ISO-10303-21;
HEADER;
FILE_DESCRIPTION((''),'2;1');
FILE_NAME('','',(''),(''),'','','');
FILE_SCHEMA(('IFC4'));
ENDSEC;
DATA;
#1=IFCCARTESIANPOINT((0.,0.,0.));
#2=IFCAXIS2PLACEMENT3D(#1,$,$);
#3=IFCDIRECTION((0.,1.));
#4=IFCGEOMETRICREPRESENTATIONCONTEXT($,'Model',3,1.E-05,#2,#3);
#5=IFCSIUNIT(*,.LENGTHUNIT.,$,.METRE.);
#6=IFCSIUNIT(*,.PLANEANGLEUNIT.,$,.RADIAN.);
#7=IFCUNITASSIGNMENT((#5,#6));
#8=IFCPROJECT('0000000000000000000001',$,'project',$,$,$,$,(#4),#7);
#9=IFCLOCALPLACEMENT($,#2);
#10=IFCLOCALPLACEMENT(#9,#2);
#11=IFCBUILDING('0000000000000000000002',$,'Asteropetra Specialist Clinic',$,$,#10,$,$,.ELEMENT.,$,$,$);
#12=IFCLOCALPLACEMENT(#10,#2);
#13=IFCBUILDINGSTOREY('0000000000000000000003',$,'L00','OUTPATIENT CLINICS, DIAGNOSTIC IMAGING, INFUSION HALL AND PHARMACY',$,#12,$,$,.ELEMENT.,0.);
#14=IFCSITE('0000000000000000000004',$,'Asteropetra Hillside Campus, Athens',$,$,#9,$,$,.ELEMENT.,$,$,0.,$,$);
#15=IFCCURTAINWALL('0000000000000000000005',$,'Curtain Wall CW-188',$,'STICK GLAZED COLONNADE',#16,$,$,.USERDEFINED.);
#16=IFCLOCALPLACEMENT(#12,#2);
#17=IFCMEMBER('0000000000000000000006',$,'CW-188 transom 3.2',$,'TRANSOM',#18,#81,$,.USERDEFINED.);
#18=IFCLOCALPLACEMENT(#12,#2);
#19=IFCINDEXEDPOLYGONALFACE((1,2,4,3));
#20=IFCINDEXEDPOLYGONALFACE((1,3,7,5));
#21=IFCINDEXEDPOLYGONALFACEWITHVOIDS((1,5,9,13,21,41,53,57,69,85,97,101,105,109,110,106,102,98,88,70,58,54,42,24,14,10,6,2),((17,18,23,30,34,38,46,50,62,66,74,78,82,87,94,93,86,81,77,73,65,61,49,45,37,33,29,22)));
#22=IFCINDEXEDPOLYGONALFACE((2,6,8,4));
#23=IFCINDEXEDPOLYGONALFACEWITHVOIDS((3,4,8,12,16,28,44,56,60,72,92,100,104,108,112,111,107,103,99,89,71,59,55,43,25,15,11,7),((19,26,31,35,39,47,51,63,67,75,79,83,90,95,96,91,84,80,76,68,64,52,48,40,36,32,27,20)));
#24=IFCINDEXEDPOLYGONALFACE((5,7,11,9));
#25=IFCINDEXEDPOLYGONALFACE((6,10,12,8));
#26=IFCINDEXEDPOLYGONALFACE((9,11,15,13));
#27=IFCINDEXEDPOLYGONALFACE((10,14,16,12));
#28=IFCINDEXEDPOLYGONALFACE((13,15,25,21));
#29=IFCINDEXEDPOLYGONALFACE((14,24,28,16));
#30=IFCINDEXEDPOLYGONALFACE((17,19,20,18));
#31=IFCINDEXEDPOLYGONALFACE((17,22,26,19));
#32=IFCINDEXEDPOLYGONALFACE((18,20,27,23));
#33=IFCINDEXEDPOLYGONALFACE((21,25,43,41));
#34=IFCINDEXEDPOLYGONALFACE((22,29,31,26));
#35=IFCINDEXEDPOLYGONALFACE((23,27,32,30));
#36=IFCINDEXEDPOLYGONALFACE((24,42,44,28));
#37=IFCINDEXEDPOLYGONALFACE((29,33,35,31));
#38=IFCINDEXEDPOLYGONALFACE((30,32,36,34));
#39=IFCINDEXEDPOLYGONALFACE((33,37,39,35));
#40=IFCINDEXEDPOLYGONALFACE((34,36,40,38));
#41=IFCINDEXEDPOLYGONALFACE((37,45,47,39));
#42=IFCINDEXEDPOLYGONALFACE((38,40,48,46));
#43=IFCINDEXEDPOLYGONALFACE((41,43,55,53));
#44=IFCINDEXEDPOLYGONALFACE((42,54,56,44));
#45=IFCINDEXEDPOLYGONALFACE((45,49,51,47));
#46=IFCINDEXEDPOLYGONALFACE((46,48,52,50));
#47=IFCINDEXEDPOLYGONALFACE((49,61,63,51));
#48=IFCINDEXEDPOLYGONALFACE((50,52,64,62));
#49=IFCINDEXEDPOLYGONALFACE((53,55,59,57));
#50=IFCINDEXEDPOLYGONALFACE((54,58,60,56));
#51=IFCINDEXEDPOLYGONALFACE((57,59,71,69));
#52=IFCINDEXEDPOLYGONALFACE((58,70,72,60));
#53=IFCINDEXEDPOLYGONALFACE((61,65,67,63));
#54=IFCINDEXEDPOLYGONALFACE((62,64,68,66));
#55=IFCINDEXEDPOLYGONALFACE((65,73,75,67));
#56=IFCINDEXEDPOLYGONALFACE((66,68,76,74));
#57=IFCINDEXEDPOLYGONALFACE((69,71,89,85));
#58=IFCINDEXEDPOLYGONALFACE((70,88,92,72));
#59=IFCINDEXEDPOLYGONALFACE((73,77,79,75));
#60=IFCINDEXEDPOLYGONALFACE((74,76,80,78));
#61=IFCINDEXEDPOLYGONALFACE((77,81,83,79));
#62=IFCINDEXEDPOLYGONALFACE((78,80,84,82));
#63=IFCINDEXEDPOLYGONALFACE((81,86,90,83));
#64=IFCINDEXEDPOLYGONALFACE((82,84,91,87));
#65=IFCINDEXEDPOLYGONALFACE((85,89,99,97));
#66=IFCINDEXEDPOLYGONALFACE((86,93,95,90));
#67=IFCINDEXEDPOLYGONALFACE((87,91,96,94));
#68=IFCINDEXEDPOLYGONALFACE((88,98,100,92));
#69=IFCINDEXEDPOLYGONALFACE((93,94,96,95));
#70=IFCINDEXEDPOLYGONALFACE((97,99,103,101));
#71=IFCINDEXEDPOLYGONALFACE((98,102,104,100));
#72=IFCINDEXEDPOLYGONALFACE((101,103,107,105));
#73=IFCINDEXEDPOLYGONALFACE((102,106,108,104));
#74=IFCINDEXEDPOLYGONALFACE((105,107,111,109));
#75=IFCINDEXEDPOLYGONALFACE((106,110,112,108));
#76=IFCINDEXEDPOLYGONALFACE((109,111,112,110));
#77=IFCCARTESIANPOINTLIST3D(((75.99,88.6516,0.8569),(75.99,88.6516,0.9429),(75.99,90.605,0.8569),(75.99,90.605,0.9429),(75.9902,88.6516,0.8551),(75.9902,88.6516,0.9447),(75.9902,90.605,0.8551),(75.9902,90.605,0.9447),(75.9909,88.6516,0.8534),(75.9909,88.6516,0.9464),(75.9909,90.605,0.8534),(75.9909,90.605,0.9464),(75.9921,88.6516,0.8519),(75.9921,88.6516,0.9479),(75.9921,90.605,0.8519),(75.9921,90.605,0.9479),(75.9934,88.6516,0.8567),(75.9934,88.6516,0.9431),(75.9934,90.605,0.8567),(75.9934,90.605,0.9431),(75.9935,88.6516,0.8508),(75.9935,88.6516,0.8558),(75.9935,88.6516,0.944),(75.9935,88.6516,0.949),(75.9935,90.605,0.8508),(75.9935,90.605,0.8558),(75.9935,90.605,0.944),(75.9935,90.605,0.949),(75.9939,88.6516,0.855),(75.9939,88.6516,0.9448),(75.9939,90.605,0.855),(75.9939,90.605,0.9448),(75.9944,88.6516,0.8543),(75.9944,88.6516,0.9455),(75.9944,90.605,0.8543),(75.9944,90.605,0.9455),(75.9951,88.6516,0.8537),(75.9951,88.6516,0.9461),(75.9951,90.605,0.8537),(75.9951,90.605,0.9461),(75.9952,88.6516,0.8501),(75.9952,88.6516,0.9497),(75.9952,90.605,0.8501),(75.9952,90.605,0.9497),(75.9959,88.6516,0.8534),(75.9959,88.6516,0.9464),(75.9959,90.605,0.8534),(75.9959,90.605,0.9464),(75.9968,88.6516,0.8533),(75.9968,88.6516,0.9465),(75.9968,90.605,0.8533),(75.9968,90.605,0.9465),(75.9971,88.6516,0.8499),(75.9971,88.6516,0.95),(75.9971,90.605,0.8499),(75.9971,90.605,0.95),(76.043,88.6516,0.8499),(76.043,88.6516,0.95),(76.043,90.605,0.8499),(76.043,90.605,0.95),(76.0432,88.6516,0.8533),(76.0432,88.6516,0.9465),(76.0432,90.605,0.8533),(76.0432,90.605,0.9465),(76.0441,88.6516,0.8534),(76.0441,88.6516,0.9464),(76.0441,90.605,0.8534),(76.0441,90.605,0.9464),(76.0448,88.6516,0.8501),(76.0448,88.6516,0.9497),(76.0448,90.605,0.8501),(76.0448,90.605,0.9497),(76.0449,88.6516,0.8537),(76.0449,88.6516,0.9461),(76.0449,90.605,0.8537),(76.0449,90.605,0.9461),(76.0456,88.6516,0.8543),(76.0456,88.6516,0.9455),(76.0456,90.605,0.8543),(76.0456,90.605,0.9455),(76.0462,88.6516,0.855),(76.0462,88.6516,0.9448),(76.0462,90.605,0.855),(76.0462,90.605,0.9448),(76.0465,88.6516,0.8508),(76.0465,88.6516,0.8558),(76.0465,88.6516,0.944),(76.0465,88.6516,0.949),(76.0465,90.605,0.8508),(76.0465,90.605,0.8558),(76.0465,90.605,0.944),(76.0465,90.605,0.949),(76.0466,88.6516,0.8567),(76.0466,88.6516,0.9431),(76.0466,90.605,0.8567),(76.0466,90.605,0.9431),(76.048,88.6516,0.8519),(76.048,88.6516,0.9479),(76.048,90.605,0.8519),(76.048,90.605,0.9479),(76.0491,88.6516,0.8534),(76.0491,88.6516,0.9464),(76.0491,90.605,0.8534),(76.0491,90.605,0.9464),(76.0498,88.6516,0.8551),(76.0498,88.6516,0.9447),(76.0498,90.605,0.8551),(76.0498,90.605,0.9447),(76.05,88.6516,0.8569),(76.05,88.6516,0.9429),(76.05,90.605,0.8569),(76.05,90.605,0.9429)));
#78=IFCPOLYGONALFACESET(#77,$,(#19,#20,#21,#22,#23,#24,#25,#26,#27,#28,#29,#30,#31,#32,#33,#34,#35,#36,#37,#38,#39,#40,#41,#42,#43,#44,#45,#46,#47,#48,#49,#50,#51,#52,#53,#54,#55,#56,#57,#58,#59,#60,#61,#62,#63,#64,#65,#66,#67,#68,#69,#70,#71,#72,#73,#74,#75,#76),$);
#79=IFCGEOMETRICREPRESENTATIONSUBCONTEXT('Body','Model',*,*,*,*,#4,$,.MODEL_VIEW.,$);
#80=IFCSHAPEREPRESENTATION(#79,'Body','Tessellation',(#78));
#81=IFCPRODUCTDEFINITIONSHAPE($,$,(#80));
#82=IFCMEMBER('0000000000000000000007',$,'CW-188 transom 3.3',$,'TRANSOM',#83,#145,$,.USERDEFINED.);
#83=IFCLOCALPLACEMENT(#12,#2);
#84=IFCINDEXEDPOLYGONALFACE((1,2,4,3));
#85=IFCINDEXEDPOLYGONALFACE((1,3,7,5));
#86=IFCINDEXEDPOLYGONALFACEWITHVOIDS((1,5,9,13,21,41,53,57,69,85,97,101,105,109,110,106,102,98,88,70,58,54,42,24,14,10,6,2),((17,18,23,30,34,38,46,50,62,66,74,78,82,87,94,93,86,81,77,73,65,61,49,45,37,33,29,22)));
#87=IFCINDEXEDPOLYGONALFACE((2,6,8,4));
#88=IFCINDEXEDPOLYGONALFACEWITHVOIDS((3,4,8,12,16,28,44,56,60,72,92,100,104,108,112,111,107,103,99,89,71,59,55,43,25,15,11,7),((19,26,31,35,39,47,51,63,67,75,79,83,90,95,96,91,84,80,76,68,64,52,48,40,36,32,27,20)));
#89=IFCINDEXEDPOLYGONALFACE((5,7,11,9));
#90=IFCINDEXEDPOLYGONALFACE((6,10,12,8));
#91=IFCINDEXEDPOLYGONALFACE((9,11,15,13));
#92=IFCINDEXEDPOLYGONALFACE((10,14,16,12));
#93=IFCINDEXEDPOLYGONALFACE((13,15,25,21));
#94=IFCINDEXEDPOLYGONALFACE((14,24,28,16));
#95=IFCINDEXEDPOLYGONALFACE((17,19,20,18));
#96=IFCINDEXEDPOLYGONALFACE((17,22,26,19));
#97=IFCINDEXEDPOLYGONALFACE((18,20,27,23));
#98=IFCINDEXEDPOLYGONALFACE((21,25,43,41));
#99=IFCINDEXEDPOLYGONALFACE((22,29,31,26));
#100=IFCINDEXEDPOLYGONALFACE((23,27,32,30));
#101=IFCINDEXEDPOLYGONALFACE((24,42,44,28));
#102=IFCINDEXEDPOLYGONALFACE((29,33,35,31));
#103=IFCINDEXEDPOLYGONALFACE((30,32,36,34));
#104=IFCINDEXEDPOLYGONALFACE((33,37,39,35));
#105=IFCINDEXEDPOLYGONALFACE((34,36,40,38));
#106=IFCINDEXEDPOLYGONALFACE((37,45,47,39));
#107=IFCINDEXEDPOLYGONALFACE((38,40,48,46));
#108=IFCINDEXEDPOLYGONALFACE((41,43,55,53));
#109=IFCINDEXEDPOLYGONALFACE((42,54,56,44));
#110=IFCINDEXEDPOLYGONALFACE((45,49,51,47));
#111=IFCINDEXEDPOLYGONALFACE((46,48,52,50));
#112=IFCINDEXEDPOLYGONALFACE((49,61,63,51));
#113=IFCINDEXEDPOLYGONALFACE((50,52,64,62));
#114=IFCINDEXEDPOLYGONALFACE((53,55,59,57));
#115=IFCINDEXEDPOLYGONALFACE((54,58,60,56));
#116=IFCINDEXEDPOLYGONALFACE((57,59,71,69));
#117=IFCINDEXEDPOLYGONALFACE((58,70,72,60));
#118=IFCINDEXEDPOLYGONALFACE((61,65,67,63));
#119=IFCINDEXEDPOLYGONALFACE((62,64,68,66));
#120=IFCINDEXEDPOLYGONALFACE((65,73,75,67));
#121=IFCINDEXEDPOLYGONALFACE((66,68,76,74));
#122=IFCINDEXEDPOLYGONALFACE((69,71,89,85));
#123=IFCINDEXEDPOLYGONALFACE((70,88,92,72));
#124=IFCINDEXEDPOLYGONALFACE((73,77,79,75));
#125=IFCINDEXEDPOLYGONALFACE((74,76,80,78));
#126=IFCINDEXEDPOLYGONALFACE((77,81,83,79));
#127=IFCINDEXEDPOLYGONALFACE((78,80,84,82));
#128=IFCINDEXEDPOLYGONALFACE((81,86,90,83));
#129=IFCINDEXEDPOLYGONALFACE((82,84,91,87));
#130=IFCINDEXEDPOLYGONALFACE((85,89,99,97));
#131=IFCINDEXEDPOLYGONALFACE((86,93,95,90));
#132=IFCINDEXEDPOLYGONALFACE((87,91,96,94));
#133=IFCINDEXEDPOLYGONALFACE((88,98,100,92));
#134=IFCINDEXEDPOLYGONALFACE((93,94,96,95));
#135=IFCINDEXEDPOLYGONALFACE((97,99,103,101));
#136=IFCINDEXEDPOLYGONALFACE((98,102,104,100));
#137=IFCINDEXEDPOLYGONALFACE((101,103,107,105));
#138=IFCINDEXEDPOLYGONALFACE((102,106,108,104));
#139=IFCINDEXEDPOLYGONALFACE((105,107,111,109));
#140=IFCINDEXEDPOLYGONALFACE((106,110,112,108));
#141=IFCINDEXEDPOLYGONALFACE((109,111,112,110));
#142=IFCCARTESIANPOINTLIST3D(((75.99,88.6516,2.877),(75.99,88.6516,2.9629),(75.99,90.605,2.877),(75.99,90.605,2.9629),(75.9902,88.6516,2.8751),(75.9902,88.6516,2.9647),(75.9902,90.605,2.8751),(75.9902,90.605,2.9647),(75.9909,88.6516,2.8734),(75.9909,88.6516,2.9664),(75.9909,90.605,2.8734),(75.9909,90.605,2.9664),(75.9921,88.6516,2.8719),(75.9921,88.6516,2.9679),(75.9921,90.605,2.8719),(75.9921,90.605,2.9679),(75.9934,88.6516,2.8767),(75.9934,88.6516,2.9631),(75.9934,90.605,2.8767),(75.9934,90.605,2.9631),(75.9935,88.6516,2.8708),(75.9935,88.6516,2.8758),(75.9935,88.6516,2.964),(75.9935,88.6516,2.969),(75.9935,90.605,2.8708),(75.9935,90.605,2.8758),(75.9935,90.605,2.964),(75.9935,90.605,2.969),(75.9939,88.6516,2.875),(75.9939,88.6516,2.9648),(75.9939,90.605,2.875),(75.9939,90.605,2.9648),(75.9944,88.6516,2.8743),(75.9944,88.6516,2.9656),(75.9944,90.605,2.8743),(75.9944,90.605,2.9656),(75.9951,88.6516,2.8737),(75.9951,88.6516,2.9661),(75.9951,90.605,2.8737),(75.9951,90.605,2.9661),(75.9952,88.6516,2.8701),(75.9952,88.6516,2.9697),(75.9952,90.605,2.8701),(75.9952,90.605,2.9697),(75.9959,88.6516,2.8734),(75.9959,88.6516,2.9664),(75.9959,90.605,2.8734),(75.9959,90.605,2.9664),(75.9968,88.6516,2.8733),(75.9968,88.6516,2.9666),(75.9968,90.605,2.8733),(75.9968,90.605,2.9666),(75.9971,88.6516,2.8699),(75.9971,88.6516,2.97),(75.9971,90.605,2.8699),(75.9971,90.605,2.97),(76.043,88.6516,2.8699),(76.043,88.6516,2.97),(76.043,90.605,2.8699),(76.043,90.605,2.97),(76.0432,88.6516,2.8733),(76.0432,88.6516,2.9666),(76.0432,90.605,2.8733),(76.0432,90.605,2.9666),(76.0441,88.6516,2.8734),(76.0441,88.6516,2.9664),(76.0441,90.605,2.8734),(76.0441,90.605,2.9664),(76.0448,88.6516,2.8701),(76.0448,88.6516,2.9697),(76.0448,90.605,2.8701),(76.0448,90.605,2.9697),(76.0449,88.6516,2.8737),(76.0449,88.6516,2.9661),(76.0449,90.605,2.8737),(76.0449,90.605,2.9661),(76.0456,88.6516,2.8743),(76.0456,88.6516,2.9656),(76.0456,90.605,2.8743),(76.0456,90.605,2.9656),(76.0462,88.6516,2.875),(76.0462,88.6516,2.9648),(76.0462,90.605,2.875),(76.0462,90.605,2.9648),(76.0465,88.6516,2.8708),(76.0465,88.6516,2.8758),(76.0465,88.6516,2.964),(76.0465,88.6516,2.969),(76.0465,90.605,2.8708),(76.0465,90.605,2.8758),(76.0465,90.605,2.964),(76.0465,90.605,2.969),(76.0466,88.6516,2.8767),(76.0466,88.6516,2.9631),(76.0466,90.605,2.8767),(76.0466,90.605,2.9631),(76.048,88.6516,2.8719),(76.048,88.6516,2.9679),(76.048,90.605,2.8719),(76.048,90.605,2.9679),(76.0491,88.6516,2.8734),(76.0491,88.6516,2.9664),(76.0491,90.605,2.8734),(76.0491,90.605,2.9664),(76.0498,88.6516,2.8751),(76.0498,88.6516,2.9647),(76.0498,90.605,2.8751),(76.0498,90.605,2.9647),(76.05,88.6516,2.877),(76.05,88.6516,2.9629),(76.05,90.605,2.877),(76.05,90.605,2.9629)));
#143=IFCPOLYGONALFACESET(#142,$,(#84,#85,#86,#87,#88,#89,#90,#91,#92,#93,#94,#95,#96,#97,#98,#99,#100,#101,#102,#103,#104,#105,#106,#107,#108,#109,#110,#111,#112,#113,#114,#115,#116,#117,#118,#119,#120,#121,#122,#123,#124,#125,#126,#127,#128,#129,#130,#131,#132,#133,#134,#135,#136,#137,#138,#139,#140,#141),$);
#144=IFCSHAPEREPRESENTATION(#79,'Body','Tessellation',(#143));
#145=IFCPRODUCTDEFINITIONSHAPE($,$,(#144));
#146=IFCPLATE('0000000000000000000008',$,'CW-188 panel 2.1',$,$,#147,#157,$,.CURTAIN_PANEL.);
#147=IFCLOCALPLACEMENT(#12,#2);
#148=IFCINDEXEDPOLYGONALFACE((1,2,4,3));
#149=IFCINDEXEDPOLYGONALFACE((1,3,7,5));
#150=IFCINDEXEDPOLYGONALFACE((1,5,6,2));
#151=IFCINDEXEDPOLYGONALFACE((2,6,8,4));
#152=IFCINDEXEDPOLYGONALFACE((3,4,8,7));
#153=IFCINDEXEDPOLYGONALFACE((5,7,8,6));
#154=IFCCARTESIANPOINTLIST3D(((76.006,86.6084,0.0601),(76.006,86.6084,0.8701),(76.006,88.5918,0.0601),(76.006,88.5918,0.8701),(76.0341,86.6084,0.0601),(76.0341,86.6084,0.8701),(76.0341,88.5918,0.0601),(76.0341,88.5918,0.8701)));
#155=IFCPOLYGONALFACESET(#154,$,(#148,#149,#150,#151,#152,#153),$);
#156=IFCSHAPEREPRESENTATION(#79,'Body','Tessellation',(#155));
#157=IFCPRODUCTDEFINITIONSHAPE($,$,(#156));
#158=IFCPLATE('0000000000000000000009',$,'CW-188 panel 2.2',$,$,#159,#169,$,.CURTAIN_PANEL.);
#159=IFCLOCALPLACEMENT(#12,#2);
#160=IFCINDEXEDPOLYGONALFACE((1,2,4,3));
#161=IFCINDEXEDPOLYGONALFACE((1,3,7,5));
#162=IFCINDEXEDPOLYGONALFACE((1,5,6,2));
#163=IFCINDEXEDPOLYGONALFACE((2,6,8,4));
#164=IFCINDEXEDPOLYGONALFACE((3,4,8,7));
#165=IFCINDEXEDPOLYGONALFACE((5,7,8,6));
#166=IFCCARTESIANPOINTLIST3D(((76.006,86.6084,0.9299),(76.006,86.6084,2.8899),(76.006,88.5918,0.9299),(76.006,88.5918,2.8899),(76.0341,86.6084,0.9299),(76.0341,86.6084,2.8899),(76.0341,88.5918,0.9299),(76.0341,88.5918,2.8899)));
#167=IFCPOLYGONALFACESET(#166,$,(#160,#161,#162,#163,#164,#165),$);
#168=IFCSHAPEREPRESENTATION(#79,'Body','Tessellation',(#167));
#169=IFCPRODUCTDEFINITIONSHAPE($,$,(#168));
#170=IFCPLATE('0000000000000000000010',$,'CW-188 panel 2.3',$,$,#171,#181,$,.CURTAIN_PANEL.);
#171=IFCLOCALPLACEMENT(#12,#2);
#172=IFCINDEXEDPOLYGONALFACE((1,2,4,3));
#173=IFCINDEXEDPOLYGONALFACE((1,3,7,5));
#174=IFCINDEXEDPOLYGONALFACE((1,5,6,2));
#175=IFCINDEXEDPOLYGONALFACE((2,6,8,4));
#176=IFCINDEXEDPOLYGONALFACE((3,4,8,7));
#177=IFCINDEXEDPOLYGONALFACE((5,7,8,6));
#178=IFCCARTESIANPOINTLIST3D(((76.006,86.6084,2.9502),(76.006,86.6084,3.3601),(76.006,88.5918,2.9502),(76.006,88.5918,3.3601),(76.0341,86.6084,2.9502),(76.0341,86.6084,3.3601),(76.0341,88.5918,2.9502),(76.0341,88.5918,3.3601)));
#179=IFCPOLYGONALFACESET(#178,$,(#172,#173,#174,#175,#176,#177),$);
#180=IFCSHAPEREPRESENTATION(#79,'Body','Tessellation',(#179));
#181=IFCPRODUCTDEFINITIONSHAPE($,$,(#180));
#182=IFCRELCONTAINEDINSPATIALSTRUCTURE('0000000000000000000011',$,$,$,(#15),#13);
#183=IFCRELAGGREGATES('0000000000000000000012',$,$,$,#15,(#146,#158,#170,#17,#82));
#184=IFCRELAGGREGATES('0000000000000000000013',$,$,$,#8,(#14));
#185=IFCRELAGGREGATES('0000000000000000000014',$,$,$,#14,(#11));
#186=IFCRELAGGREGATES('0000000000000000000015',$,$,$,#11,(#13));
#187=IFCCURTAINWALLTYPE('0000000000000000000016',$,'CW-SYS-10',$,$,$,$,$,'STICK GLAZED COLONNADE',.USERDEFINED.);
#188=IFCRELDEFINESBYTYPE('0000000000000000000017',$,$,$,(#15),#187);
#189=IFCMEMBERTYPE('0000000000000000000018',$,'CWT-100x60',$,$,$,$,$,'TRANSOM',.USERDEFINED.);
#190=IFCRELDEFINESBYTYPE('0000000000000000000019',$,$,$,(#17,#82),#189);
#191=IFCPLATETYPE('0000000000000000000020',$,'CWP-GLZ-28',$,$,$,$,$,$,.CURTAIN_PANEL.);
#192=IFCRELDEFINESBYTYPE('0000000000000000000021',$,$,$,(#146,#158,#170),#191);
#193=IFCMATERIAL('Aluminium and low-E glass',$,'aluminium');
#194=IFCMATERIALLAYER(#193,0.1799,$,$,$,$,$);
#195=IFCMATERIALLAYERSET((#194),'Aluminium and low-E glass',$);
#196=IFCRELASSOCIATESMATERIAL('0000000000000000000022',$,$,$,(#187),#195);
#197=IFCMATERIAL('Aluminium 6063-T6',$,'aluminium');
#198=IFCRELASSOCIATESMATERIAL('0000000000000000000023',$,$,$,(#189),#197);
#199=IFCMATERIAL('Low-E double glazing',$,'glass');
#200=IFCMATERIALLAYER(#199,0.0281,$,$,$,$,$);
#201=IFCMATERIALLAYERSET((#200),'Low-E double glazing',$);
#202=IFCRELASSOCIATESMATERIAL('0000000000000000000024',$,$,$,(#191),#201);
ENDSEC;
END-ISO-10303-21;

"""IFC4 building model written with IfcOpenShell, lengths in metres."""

from ifc_helpers import new_model, si_unit, direction, frame, origin, origin_2d, place, context, subcontext, project, spatial, rectangle, hollow_rectangle, extrude, material, layer, layer_set, material_profile, profile_set, type_object, element, aggregate, save


model = new_model("IFC4")

# Units and contexts
model_context = context("Model", 3, precision=1e-05, world=origin(), true_north=direction((0.0, 1.0)))
body_context = subcontext(model_context, "Body", "Model", "MODEL_VIEW")
ifc_project = project(units=[si_unit("LENGTHUNIT", "METRE"), si_unit("PLANEANGLEUNIT", "RADIAN")], contexts=[model_context])

# Site, building, storey
site_placement = place(None, origin())
site = spatial("IfcSite", under=ifc_project, at=site_placement, Name="Asteropetra Hillside Campus, Athens", CompositionType="ELEMENT", RefElevation=0.0)
building_placement = place(site_placement, origin())
building = spatial("IfcBuilding", under=site, at=building_placement, Name="Asteropetra Specialist Clinic", CompositionType="ELEMENT")
storey_placement = place(building_placement, origin())
storey = spatial("IfcBuildingStorey", under=building, at=storey_placement, Name="L00", Description="OUTPATIENT CLINICS, DIAGNOSTIC IMAGING, INFUSION HALL AND PHARMACY", CompositionType="ELEMENT", Elevation=0.0)

# Curtain wall, members, plates
ifc_material_1 = material(Name="Aluminium and low-E glass", Category="aluminium")
ifc_layer_1 = layer(ifc_material_1, 0.1799)
ifc_layer_set_1 = layer_set([ifc_layer_1], Name="Aluminium and low-E glass")
curtain_wall_type = type_object("IfcCurtainWallType", Name="CW-SYS-10", ElementType="STICK GLAZED COLONNADE", PredefinedType="USERDEFINED", material=ifc_layer_set_1)
curtain_wall_placement = place(storey_placement, origin())
curtain_wall = element("IfcCurtainWall", 1, at=curtain_wall_placement, inside=storey, type_object=curtain_wall_type, Name="Curtain Wall CW-188", ObjectType="STICK GLAZED COLONNADE", PredefinedType="USERDEFINED")
ifc_material_2 = material(Name="Aluminium 6063-T6", Category="aluminium")
ifc_material_profile_1 = material_profile(ifc_material_2, hollow_rectangle(XDim=0.0601, YDim=0.1001, WallThickness=0.0034, InnerFilletRadius=0.0034, OuterFilletRadius=0.0071, at=origin_2d()), Name="TRN 100x60x3.5")
ifc_profile_set_1 = profile_set([ifc_material_profile_1], Name="Aluminium 6063-T6")
member_type_1 = type_object("IfcMemberType", Name="CWT-100x60", ElementType="TRANSOM", PredefinedType="USERDEFINED", material=ifc_profile_set_1)
member_1_placement = place(storey_placement, frame((76.02, 88.6516, 0.8999), z_axis=(0.0, 1.0, 0.0), x_axis=(-1.0, 0.0, 0.0)))
member_1 = element("IfcMember", 2, at=member_1_placement, type_object=member_type_1, Name="CW-188 transom 3.2", ObjectType="TRANSOM", PredefinedType="USERDEFINED", context=body_context, shape_type="SweptSolid", body=[
    extrude(hollow_rectangle(XDim=0.0601, YDim=0.1001, WallThickness=0.0034, InnerFilletRadius=0.0034, OuterFilletRadius=0.0071, at=origin_2d()), origin(), (0.0, 0.0, 1.0), 1.9534),
])
member_2_placement = place(storey_placement, frame((76.02, 88.6516, 2.9199), z_axis=(0.0, 1.0, 0.0), x_axis=(-1.0, 0.0, 0.0)))
member_2 = element("IfcMember", 3, at=member_2_placement, type_object=member_type_1, Name="CW-188 transom 3.3", ObjectType="TRANSOM", PredefinedType="USERDEFINED", context=body_context, shape_type="SweptSolid", body=[
    extrude(hollow_rectangle(XDim=0.0601, YDim=0.1001, WallThickness=0.0034, InnerFilletRadius=0.0034, OuterFilletRadius=0.0071, at=origin_2d()), origin(), (0.0, 0.0, 1.0), 1.9534),
])
ifc_material_3 = material(Name="Low-E double glazing", Category="glass")
ifc_layer_2 = layer(ifc_material_3, 0.0281)
ifc_layer_set_2 = layer_set([ifc_layer_2], Name="Low-E double glazing")
plate_type = type_object("IfcPlateType", Name="CWP-GLZ-28", PredefinedType="CURTAIN_PANEL", material=ifc_layer_set_2)
plate_1_placement = place(storey_placement, frame((76.02, 87.6001, 0.0601), z_axis=(0.0, 0.0, 1.0), x_axis=(0.0, 1.0, 0.0)))
plate_1 = element("IfcPlate", 4, at=plate_1_placement, type_object=plate_type, Name="CW-188 panel 2.1", PredefinedType="CURTAIN_PANEL", context=body_context, shape_type="SweptSolid", body=[
    extrude(rectangle(XDim=1.9834, YDim=0.0281, at=origin_2d()), origin(), (0.0, 0.0, 1.0), 0.8101),
])
plate_2_placement = place(storey_placement, frame((76.02, 87.6001, 0.9299), z_axis=(0.0, 0.0, 1.0), x_axis=(0.0, 1.0, 0.0)))
plate_2 = element("IfcPlate", 5, at=plate_2_placement, type_object=plate_type, Name="CW-188 panel 2.2", PredefinedType="CURTAIN_PANEL", context=body_context, shape_type="SweptSolid", body=[
    extrude(rectangle(XDim=1.9834, YDim=0.0281, at=origin_2d()), origin(), (0.0, 0.0, 1.0), 1.96),
])
plate_3_placement = place(storey_placement, frame((76.02, 87.6001, 2.9502), z_axis=(0.0, 0.0, 1.0), x_axis=(0.0, 1.0, 0.0)))
plate_3 = element("IfcPlate", 6, at=plate_3_placement, type_object=plate_type, Name="CW-188 panel 2.3", PredefinedType="CURTAIN_PANEL", context=body_context, shape_type="SweptSolid", body=[
    extrude(rectangle(XDim=1.9834, YDim=0.0281, at=origin_2d()), origin(), (0.0, 0.0, 1.0), 0.4099),
])
aggregate(curtain_wall, [plate_1, plate_2, plate_3, member_1, member_2])

save(model, "model.ifc")
